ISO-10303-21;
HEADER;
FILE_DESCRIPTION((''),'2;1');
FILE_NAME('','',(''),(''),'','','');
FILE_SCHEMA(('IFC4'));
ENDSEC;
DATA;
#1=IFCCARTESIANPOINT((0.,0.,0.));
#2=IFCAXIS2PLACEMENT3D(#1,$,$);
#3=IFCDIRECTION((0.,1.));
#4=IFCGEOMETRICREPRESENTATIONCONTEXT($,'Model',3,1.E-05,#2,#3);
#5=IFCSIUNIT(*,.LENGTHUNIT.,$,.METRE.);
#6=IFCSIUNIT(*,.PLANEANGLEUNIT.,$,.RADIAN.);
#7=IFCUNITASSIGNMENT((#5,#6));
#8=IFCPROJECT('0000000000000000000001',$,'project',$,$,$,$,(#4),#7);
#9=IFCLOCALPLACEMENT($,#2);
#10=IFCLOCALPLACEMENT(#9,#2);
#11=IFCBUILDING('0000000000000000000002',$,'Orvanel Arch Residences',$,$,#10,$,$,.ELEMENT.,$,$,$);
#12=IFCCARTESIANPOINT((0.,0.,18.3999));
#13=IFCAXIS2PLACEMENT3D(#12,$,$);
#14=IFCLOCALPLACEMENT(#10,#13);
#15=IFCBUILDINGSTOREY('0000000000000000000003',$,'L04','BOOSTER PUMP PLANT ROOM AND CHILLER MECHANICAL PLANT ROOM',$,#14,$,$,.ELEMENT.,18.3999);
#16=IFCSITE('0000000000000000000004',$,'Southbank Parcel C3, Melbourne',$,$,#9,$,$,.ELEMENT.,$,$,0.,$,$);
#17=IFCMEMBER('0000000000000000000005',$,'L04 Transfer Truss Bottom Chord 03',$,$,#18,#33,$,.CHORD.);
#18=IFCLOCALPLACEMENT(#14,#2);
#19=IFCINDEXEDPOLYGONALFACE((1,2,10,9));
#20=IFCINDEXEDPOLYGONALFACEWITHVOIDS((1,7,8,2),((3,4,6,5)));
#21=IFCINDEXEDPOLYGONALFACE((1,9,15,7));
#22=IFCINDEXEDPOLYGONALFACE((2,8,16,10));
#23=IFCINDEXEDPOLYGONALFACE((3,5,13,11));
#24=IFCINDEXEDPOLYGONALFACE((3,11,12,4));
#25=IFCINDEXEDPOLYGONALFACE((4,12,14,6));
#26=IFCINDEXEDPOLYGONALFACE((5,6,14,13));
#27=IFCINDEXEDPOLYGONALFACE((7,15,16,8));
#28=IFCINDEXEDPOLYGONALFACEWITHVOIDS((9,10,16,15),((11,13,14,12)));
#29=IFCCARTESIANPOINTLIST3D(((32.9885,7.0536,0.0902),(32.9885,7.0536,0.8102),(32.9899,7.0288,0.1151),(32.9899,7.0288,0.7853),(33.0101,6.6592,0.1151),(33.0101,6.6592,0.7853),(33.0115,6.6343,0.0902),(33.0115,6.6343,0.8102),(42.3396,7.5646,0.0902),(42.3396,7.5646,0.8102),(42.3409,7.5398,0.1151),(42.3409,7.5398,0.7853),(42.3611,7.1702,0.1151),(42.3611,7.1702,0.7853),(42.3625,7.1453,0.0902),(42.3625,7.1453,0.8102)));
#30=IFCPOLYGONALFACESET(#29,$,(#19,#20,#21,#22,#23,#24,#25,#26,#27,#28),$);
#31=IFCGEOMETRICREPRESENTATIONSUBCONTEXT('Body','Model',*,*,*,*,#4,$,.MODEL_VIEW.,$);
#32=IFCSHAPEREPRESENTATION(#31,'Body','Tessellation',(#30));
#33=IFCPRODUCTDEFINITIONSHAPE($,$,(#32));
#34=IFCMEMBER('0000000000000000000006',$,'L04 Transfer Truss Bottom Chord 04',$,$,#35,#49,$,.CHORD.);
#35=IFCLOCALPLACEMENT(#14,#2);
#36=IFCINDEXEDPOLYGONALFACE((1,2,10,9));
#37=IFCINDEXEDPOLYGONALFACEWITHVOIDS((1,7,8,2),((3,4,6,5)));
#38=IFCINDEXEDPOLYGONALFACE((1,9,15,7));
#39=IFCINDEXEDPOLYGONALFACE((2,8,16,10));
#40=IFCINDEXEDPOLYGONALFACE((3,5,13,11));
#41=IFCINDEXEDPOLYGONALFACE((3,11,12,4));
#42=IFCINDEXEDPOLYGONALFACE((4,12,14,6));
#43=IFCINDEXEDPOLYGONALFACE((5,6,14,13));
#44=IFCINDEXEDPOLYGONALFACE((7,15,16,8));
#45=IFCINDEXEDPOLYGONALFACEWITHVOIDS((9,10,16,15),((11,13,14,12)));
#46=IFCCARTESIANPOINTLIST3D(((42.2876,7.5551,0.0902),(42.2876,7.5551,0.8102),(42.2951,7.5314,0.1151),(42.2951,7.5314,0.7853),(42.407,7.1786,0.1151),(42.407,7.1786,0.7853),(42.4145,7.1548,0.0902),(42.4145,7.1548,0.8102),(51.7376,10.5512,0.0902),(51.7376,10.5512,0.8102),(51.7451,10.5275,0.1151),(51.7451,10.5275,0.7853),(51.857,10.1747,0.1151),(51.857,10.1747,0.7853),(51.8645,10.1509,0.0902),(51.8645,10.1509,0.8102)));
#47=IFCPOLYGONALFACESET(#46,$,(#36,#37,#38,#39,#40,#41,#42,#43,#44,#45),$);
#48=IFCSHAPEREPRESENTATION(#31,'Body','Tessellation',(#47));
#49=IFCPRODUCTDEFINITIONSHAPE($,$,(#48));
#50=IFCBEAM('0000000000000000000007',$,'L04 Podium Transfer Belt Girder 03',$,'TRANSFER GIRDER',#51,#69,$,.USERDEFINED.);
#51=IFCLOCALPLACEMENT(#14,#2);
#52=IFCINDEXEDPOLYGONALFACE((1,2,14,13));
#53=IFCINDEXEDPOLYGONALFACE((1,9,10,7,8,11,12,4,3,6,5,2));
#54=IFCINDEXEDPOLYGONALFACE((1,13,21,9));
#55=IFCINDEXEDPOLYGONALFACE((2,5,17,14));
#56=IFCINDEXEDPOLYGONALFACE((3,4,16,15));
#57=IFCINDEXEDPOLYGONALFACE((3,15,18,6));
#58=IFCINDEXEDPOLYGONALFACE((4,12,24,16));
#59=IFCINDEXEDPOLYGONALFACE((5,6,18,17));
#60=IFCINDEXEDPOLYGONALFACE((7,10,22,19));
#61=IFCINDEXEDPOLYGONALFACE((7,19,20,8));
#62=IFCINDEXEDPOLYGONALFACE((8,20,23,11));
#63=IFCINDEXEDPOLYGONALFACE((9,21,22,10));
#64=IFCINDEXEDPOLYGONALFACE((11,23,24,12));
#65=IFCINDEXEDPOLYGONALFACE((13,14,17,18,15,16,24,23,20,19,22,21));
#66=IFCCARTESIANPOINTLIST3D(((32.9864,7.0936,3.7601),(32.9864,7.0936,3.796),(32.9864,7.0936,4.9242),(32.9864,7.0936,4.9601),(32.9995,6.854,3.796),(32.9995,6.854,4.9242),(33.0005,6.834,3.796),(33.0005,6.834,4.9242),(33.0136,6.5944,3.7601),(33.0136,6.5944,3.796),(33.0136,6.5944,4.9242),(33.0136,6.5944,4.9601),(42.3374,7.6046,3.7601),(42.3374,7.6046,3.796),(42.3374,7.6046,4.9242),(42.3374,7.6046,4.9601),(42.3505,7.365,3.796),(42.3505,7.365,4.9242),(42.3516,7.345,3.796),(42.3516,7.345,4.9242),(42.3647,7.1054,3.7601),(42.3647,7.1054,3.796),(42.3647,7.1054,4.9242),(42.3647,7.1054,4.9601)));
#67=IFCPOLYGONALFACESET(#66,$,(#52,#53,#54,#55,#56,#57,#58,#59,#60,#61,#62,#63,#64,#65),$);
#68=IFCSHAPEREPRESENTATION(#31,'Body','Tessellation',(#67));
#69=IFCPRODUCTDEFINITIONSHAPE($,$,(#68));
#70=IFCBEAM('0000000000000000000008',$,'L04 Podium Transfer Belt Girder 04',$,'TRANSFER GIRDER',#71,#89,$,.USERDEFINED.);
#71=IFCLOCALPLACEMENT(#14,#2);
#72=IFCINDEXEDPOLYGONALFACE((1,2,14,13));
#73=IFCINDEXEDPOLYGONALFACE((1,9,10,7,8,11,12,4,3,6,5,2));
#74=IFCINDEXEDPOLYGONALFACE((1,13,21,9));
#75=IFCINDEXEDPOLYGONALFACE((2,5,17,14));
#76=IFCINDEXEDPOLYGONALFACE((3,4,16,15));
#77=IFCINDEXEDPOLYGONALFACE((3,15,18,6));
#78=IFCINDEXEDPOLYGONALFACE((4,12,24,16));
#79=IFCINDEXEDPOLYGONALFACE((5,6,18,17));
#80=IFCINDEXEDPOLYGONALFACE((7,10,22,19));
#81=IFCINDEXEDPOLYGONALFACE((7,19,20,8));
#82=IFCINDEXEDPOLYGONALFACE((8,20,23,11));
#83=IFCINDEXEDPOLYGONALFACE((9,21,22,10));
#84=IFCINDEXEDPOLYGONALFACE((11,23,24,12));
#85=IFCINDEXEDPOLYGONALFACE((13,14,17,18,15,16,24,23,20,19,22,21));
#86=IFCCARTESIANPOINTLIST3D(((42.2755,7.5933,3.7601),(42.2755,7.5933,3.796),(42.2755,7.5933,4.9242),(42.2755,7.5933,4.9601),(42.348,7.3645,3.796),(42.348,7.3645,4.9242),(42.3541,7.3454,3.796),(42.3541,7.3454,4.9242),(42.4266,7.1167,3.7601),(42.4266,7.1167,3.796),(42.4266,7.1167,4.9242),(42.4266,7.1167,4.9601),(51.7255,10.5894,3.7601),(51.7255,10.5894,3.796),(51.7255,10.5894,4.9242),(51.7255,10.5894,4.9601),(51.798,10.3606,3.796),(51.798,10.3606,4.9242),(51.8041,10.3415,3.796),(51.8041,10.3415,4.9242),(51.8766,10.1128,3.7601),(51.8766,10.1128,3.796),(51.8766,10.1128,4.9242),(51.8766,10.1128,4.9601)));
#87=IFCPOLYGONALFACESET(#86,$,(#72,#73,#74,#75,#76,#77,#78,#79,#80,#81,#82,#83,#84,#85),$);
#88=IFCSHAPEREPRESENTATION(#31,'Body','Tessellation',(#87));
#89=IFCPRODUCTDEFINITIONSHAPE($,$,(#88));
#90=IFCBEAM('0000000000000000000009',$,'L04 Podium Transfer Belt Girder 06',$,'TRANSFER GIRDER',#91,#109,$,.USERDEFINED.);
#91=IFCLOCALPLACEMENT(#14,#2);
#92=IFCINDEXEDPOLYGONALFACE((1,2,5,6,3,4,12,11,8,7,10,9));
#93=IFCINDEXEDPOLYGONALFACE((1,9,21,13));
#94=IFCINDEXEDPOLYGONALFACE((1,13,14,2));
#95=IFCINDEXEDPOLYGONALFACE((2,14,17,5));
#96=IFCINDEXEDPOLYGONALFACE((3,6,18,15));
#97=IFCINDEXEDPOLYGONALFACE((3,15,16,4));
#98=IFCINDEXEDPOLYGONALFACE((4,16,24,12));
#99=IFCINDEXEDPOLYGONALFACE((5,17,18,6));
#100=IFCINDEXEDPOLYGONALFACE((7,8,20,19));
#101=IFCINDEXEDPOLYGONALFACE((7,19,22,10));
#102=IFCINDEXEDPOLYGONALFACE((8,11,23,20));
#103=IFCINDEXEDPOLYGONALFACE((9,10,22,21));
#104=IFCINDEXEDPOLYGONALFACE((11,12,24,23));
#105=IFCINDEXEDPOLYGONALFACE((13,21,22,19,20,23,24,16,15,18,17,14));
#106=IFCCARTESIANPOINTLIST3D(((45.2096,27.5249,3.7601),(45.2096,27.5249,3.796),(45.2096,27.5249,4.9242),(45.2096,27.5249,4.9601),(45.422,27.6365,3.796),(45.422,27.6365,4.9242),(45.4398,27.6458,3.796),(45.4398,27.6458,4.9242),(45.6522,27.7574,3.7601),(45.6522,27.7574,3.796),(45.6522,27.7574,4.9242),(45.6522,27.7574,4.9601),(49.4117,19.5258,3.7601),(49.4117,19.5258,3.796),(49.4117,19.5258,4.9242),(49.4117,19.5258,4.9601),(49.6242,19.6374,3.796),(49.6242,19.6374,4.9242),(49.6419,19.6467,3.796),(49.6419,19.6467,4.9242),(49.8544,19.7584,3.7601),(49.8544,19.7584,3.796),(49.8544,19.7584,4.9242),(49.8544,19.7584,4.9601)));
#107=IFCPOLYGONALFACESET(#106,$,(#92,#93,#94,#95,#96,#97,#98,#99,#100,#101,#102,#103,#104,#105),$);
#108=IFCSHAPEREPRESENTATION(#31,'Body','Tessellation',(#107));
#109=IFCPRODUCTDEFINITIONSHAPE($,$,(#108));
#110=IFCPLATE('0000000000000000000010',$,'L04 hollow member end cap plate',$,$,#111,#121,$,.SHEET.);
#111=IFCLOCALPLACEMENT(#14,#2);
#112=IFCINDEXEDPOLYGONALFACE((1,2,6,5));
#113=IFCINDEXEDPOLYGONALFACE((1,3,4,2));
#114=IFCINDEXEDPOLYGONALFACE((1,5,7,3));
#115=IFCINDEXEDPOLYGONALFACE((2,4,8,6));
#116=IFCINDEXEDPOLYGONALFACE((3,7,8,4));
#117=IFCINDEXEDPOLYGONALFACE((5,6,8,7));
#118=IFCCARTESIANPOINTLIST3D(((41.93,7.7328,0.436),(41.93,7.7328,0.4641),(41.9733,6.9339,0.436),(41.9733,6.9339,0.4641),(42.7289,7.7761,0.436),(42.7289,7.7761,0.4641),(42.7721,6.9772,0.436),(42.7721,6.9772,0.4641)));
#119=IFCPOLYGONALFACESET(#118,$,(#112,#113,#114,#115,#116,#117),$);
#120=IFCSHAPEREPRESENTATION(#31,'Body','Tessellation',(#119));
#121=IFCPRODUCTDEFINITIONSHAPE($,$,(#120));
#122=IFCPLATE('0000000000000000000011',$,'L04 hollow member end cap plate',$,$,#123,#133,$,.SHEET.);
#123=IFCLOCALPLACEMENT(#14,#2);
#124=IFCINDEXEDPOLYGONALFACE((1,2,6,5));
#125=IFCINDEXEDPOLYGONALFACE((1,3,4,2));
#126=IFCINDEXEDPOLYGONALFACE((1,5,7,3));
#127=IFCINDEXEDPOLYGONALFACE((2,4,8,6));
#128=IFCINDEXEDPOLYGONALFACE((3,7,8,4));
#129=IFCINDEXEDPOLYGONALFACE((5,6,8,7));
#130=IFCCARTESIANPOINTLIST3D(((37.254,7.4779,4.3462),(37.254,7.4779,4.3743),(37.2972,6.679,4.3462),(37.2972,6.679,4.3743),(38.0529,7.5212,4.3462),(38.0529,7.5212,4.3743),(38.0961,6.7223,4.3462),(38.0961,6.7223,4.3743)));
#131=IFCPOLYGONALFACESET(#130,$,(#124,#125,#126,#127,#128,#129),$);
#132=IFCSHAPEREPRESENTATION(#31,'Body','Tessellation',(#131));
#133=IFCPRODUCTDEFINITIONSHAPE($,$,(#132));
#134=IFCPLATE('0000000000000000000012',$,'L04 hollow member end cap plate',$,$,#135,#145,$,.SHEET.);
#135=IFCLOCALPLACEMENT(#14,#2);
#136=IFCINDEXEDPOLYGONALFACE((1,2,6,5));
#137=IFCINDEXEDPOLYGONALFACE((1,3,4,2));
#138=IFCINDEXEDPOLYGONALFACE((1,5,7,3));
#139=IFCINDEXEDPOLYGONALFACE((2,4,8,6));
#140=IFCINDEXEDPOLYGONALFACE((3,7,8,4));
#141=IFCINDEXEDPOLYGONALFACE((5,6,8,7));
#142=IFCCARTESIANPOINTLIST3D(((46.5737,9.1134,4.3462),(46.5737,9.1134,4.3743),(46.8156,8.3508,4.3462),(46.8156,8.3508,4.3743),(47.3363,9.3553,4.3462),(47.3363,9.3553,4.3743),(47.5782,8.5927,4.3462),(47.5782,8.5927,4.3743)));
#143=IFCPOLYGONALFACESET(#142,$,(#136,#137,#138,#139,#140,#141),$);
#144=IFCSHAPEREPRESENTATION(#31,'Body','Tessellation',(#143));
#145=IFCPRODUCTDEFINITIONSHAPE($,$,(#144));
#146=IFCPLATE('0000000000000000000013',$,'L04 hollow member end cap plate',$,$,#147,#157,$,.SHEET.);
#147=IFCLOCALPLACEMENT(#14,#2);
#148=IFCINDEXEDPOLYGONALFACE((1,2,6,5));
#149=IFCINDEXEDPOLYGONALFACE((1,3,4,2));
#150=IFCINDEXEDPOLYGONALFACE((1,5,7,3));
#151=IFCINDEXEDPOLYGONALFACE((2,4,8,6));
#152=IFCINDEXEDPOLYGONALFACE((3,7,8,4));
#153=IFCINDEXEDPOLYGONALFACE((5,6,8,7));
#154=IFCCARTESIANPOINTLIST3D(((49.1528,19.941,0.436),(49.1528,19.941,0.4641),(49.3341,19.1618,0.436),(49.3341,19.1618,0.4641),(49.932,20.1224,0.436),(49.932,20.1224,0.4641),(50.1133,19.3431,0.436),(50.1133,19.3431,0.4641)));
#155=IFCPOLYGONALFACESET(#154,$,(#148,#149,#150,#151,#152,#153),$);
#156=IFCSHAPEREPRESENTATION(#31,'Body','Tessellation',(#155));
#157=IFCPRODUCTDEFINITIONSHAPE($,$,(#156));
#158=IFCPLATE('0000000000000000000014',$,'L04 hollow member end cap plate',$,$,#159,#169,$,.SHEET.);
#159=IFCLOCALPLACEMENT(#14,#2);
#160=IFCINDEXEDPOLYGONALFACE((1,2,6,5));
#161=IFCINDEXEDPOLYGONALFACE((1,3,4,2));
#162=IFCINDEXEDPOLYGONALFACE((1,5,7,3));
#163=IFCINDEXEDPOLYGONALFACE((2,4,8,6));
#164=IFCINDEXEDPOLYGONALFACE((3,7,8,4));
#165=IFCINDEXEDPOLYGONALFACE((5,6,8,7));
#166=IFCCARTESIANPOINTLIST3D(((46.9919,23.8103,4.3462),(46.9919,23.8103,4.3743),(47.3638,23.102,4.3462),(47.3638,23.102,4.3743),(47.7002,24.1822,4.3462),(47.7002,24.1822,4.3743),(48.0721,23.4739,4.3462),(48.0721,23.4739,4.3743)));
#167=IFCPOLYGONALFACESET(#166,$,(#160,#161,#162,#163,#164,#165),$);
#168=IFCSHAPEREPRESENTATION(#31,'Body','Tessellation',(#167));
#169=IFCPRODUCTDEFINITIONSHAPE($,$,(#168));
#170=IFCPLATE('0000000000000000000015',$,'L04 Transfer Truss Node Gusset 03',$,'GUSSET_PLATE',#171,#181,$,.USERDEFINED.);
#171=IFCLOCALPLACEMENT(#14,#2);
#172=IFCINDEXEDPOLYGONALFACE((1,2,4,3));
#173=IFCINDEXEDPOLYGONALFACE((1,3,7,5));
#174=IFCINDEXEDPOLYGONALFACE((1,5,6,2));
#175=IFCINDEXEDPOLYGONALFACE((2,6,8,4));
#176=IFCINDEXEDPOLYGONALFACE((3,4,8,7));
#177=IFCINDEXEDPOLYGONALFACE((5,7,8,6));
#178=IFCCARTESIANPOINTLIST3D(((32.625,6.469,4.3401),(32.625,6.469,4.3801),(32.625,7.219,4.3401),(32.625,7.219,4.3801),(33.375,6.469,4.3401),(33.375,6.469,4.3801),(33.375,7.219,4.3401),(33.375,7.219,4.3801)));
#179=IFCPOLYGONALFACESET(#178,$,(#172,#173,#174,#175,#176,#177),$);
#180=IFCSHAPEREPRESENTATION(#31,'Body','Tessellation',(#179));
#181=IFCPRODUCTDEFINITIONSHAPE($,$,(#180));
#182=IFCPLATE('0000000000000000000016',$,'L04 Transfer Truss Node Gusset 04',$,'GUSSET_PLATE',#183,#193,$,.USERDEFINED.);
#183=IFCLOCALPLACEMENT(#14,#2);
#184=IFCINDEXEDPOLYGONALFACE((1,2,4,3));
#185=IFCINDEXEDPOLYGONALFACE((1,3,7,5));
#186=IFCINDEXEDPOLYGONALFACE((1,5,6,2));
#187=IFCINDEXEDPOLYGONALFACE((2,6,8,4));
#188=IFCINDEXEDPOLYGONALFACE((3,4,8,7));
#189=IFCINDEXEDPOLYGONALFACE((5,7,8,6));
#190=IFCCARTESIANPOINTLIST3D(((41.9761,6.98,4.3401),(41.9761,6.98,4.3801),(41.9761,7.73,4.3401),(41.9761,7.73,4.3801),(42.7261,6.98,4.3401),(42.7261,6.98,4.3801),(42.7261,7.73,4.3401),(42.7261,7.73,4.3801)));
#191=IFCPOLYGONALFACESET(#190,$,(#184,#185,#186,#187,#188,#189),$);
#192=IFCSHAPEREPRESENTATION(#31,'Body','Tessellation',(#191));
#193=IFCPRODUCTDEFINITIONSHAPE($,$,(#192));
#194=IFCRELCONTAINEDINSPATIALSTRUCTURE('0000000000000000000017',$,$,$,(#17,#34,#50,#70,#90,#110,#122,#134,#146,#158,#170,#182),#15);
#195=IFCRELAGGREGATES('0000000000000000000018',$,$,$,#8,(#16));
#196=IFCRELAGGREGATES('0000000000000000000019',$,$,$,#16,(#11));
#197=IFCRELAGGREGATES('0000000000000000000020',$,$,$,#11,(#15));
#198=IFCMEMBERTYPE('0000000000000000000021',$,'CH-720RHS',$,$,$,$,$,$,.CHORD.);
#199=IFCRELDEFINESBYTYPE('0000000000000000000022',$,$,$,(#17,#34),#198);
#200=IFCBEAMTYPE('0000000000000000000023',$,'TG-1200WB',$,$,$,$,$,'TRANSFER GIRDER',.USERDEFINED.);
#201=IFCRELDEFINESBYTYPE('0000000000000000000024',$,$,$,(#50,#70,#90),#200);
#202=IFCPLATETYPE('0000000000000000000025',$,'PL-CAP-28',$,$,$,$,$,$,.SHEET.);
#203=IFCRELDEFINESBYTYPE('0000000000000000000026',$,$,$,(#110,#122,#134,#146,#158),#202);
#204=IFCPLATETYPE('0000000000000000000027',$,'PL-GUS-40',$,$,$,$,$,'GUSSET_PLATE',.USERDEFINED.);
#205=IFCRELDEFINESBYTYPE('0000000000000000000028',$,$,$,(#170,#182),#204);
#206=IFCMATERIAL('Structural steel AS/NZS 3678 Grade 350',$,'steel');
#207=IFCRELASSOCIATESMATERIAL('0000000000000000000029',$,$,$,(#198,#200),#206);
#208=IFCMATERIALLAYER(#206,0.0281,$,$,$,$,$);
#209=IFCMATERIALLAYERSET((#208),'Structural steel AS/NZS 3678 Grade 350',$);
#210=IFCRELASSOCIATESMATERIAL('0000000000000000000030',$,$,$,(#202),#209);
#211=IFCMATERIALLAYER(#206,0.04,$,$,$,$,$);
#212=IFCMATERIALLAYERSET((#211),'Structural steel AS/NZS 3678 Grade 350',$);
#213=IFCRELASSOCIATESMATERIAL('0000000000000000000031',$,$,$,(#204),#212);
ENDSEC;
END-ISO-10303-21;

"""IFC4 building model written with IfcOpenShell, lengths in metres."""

from ifc_helpers import new_model, si_unit, direction, frame, origin, origin_2d, place, context, subcontext, project, spatial, rectangle, hollow_rectangle, i_section, extrude, material, layer, layer_set, material_profile, profile_set, type_object, element, save


model = new_model("IFC4")

# Units and contexts
model_context = context("Model", 3, precision=1e-05, world=origin(), true_north=direction((0.0, 1.0)))
body_context = subcontext(model_context, "Body", "Model", "MODEL_VIEW")
ifc_project = project(units=[si_unit("LENGTHUNIT", "METRE"), si_unit("PLANEANGLEUNIT", "RADIAN")], contexts=[model_context])

# Site, building, storey
site_placement = place(None, origin())
site = spatial("IfcSite", under=ifc_project, at=site_placement, Name="Southbank Parcel C3, Melbourne", CompositionType="ELEMENT", RefElevation=0.0)
building_placement = place(site_placement, origin())
building = spatial("IfcBuilding", under=site, at=building_placement, Name="Orvanel Arch Residences", CompositionType="ELEMENT")
storey_placement = place(building_placement, frame((0.0, 0.0, 18.3999)))
storey = spatial("IfcBuildingStorey", under=building, at=storey_placement, Name="L04", Description="BOOSTER PUMP PLANT ROOM AND CHILLER MECHANICAL PLANT ROOM", CompositionType="ELEMENT", Elevation=18.3999)

# Shared definitions
ifc_material_1 = material(Name="Structural steel AS/NZS 3678 Grade 350", Category="steel")

# Members
ifc_material_profile_1 = material_profile(ifc_material_1, hollow_rectangle(XDim=0.4199, YDim=0.72, WallThickness=0.0249, at=origin_2d()), Name="RHS720x420x25")
ifc_profile_set_1 = profile_set([ifc_material_profile_1], Name="Structural steel AS/NZS 3678 Grade 350")
member_type_1 = type_object("IfcMemberType", Name="CH-720RHS", PredefinedType="CHORD", material=ifc_profile_set_1)
member_1_placement = place(storey_placement, frame((33.0, 6.844, 0.4502), z_axis=(0.99851, 0.054563, 0.0), x_axis=(-0.054563, 0.99851, 0.0)))
element("IfcMember", 1, at=member_1_placement, inside=storey, type_object=member_type_1, Name="L04 Transfer Truss Bottom Chord 03", PredefinedType="CHORD", context=body_context, shape_type="SweptSolid", body=[
    extrude(hollow_rectangle(XDim=0.4199, YDim=0.72, WallThickness=0.0249, at=origin_2d()), origin(), (0.0, 0.0, 1.0), 9.365),
])
member_2_placement = place(storey_placement, frame((42.3511, 7.355, 0.4502), z_axis=(0.953237, 0.302223, 0.0), x_axis=(-0.302223, 0.953237, 0.0)))
element("IfcMember", 2, at=member_2_placement, inside=storey, type_object=member_type_1, Name="L04 Transfer Truss Bottom Chord 04", PredefinedType="CHORD", context=body_context, shape_type="SweptSolid", body=[
    extrude(hollow_rectangle(XDim=0.4199, YDim=0.72, WallThickness=0.0249, at=origin_2d()), origin(), (0.0, 0.0, 1.0), 9.9136),
])

# Beams
ifc_material_profile_2 = material_profile(ifc_material_1, i_section(OverallWidth=0.5, OverallDepth=1.2, WebThickness=0.02, FlangeThickness=0.0359, at=origin_2d()), Name="1200WB455")
ifc_profile_set_2 = profile_set([ifc_material_profile_2], Name="Structural steel AS/NZS 3678 Grade 350")
beam_type_1 = type_object("IfcBeamType", Name="TG-1200WB", ElementType="TRANSFER GIRDER", PredefinedType="USERDEFINED", material=ifc_profile_set_2)
beam_1_placement = place(storey_placement, frame((33.0, 6.844, 4.3601), z_axis=(0.99851, 0.054563, 0.0), x_axis=(-0.054563, 0.99851, 0.0)))
element("IfcBeam", 3, at=beam_1_placement, inside=storey, type_object=beam_type_1, Name="L04 Podium Transfer Belt Girder 03", ObjectType="TRANSFER GIRDER", PredefinedType="USERDEFINED", context=body_context, shape_type="SweptSolid", body=[
    extrude(i_section(OverallWidth=0.5, OverallDepth=1.2, WebThickness=0.02, FlangeThickness=0.0359, at=origin_2d()), origin(), (0.0, 0.0, 1.0), 9.365),
])
beam_2_placement = place(storey_placement, frame((42.3511, 7.355, 4.3601), z_axis=(0.953237, 0.302223, 0.0), x_axis=(-0.302223, 0.953237, 0.0)))
element("IfcBeam", 4, at=beam_2_placement, inside=storey, type_object=beam_type_1, Name="L04 Podium Transfer Belt Girder 04", ObjectType="TRANSFER GIRDER", PredefinedType="USERDEFINED", context=body_context, shape_type="SweptSolid", body=[
    extrude(i_section(OverallWidth=0.5, OverallDepth=1.2, WebThickness=0.02, FlangeThickness=0.0359, at=origin_2d()), origin(), (0.0, 0.0, 1.0), 9.9136),
])
beam_3_placement = place(storey_placement, frame((49.6331, 19.6421, 4.3601), z_axis=(-0.465065, 0.885277, 0.0), x_axis=(-0.885277, -0.465065, 0.0)))
element("IfcBeam", 5, at=beam_3_placement, inside=storey, type_object=beam_type_1, Name="L04 Podium Transfer Belt Girder 06", ObjectType="TRANSFER GIRDER", PredefinedType="USERDEFINED", context=body_context, shape_type="SweptSolid", body=[
    extrude(i_section(OverallWidth=0.5, OverallDepth=1.2, WebThickness=0.02, FlangeThickness=0.0359, at=origin_2d()), origin(), (0.0, 0.0, 1.0), 9.0356),
])

# Plates
ifc_layer_1 = layer(ifc_material_1, 0.0281)
ifc_layer_set_1 = layer_set([ifc_layer_1], Name="Structural steel AS/NZS 3678 Grade 350")
plate_type_1 = type_object("IfcPlateType", Name="PL-CAP-28", PredefinedType="SHEET", material=ifc_layer_set_1)
for number, where, z_axis, x_axis, name in (
    (6, (42.3511, 7.355, 0.436), (0.0, 0.0, 1.0), (0.998537, 0.054079, 0.0), "L04 hollow member end cap plate"),
    (7, (37.675, 7.1001, 4.3462), (0.0, 0.0, 1.0), (0.998537, 0.054079, 0.0), "L04 hollow member end cap plate"),
    (8, (47.0759, 8.853, 4.3462), (0.0, 0.0, 1.0), (0.953191, 0.30237, 0.0), "L04 hollow member end cap plate"),
    (9, (49.6331, 19.6421, 0.436), (0.0, 0.0, 1.0), (-0.226651, 0.973976, 0.0), "L04 hollow member end cap plate"),
    (10, (47.532, 23.6421, 4.3462), (0.0, 0.0, 1.0), (-0.464842, 0.885394, 0.0), "L04 hollow member end cap plate"),
):
    element("IfcPlate", number, at=place(storey_placement, frame(where, z_axis=z_axis, x_axis=x_axis)), inside=storey, type_object=plate_type_1, Name=name, PredefinedType="SHEET", context=body_context, shape_type="SweptSolid", body=[
        extrude(rectangle(XDim=0.8, YDim=0.8, at=origin_2d()), origin(), (0.0, 0.0, 1.0), 0.0281),
    ])
ifc_layer_2 = layer(ifc_material_1, 0.04)
ifc_layer_set_2 = layer_set([ifc_layer_2], Name="Structural steel AS/NZS 3678 Grade 350")
plate_type_2 = type_object("IfcPlateType", Name="PL-GUS-40", ElementType="GUSSET_PLATE", PredefinedType="USERDEFINED", material=ifc_layer_set_2)
for number, where, z_axis, x_axis, name in (
    (11, (33.0, 6.844, 4.3401), (0.0, 0.0, 1.0), (1.0, 0.0, 0.0), "L04 Transfer Truss Node Gusset 03"),
    (12, (42.3511, 7.355, 4.3401), (0.0, 0.0, 1.0), (1.0, 0.0, 0.0), "L04 Transfer Truss Node Gusset 04"),
):
    element("IfcPlate", number, at=place(storey_placement, frame(where, z_axis=z_axis, x_axis=x_axis)), inside=storey, type_object=plate_type_2, Name=name, ObjectType="GUSSET_PLATE", PredefinedType="USERDEFINED", context=body_context, shape_type="SweptSolid", body=[
        extrude(rectangle(XDim=0.75, YDim=0.75, at=origin_2d()), origin(), (0.0, 0.0, 1.0), 0.04),
    ])

save(model, "model.ifc")
